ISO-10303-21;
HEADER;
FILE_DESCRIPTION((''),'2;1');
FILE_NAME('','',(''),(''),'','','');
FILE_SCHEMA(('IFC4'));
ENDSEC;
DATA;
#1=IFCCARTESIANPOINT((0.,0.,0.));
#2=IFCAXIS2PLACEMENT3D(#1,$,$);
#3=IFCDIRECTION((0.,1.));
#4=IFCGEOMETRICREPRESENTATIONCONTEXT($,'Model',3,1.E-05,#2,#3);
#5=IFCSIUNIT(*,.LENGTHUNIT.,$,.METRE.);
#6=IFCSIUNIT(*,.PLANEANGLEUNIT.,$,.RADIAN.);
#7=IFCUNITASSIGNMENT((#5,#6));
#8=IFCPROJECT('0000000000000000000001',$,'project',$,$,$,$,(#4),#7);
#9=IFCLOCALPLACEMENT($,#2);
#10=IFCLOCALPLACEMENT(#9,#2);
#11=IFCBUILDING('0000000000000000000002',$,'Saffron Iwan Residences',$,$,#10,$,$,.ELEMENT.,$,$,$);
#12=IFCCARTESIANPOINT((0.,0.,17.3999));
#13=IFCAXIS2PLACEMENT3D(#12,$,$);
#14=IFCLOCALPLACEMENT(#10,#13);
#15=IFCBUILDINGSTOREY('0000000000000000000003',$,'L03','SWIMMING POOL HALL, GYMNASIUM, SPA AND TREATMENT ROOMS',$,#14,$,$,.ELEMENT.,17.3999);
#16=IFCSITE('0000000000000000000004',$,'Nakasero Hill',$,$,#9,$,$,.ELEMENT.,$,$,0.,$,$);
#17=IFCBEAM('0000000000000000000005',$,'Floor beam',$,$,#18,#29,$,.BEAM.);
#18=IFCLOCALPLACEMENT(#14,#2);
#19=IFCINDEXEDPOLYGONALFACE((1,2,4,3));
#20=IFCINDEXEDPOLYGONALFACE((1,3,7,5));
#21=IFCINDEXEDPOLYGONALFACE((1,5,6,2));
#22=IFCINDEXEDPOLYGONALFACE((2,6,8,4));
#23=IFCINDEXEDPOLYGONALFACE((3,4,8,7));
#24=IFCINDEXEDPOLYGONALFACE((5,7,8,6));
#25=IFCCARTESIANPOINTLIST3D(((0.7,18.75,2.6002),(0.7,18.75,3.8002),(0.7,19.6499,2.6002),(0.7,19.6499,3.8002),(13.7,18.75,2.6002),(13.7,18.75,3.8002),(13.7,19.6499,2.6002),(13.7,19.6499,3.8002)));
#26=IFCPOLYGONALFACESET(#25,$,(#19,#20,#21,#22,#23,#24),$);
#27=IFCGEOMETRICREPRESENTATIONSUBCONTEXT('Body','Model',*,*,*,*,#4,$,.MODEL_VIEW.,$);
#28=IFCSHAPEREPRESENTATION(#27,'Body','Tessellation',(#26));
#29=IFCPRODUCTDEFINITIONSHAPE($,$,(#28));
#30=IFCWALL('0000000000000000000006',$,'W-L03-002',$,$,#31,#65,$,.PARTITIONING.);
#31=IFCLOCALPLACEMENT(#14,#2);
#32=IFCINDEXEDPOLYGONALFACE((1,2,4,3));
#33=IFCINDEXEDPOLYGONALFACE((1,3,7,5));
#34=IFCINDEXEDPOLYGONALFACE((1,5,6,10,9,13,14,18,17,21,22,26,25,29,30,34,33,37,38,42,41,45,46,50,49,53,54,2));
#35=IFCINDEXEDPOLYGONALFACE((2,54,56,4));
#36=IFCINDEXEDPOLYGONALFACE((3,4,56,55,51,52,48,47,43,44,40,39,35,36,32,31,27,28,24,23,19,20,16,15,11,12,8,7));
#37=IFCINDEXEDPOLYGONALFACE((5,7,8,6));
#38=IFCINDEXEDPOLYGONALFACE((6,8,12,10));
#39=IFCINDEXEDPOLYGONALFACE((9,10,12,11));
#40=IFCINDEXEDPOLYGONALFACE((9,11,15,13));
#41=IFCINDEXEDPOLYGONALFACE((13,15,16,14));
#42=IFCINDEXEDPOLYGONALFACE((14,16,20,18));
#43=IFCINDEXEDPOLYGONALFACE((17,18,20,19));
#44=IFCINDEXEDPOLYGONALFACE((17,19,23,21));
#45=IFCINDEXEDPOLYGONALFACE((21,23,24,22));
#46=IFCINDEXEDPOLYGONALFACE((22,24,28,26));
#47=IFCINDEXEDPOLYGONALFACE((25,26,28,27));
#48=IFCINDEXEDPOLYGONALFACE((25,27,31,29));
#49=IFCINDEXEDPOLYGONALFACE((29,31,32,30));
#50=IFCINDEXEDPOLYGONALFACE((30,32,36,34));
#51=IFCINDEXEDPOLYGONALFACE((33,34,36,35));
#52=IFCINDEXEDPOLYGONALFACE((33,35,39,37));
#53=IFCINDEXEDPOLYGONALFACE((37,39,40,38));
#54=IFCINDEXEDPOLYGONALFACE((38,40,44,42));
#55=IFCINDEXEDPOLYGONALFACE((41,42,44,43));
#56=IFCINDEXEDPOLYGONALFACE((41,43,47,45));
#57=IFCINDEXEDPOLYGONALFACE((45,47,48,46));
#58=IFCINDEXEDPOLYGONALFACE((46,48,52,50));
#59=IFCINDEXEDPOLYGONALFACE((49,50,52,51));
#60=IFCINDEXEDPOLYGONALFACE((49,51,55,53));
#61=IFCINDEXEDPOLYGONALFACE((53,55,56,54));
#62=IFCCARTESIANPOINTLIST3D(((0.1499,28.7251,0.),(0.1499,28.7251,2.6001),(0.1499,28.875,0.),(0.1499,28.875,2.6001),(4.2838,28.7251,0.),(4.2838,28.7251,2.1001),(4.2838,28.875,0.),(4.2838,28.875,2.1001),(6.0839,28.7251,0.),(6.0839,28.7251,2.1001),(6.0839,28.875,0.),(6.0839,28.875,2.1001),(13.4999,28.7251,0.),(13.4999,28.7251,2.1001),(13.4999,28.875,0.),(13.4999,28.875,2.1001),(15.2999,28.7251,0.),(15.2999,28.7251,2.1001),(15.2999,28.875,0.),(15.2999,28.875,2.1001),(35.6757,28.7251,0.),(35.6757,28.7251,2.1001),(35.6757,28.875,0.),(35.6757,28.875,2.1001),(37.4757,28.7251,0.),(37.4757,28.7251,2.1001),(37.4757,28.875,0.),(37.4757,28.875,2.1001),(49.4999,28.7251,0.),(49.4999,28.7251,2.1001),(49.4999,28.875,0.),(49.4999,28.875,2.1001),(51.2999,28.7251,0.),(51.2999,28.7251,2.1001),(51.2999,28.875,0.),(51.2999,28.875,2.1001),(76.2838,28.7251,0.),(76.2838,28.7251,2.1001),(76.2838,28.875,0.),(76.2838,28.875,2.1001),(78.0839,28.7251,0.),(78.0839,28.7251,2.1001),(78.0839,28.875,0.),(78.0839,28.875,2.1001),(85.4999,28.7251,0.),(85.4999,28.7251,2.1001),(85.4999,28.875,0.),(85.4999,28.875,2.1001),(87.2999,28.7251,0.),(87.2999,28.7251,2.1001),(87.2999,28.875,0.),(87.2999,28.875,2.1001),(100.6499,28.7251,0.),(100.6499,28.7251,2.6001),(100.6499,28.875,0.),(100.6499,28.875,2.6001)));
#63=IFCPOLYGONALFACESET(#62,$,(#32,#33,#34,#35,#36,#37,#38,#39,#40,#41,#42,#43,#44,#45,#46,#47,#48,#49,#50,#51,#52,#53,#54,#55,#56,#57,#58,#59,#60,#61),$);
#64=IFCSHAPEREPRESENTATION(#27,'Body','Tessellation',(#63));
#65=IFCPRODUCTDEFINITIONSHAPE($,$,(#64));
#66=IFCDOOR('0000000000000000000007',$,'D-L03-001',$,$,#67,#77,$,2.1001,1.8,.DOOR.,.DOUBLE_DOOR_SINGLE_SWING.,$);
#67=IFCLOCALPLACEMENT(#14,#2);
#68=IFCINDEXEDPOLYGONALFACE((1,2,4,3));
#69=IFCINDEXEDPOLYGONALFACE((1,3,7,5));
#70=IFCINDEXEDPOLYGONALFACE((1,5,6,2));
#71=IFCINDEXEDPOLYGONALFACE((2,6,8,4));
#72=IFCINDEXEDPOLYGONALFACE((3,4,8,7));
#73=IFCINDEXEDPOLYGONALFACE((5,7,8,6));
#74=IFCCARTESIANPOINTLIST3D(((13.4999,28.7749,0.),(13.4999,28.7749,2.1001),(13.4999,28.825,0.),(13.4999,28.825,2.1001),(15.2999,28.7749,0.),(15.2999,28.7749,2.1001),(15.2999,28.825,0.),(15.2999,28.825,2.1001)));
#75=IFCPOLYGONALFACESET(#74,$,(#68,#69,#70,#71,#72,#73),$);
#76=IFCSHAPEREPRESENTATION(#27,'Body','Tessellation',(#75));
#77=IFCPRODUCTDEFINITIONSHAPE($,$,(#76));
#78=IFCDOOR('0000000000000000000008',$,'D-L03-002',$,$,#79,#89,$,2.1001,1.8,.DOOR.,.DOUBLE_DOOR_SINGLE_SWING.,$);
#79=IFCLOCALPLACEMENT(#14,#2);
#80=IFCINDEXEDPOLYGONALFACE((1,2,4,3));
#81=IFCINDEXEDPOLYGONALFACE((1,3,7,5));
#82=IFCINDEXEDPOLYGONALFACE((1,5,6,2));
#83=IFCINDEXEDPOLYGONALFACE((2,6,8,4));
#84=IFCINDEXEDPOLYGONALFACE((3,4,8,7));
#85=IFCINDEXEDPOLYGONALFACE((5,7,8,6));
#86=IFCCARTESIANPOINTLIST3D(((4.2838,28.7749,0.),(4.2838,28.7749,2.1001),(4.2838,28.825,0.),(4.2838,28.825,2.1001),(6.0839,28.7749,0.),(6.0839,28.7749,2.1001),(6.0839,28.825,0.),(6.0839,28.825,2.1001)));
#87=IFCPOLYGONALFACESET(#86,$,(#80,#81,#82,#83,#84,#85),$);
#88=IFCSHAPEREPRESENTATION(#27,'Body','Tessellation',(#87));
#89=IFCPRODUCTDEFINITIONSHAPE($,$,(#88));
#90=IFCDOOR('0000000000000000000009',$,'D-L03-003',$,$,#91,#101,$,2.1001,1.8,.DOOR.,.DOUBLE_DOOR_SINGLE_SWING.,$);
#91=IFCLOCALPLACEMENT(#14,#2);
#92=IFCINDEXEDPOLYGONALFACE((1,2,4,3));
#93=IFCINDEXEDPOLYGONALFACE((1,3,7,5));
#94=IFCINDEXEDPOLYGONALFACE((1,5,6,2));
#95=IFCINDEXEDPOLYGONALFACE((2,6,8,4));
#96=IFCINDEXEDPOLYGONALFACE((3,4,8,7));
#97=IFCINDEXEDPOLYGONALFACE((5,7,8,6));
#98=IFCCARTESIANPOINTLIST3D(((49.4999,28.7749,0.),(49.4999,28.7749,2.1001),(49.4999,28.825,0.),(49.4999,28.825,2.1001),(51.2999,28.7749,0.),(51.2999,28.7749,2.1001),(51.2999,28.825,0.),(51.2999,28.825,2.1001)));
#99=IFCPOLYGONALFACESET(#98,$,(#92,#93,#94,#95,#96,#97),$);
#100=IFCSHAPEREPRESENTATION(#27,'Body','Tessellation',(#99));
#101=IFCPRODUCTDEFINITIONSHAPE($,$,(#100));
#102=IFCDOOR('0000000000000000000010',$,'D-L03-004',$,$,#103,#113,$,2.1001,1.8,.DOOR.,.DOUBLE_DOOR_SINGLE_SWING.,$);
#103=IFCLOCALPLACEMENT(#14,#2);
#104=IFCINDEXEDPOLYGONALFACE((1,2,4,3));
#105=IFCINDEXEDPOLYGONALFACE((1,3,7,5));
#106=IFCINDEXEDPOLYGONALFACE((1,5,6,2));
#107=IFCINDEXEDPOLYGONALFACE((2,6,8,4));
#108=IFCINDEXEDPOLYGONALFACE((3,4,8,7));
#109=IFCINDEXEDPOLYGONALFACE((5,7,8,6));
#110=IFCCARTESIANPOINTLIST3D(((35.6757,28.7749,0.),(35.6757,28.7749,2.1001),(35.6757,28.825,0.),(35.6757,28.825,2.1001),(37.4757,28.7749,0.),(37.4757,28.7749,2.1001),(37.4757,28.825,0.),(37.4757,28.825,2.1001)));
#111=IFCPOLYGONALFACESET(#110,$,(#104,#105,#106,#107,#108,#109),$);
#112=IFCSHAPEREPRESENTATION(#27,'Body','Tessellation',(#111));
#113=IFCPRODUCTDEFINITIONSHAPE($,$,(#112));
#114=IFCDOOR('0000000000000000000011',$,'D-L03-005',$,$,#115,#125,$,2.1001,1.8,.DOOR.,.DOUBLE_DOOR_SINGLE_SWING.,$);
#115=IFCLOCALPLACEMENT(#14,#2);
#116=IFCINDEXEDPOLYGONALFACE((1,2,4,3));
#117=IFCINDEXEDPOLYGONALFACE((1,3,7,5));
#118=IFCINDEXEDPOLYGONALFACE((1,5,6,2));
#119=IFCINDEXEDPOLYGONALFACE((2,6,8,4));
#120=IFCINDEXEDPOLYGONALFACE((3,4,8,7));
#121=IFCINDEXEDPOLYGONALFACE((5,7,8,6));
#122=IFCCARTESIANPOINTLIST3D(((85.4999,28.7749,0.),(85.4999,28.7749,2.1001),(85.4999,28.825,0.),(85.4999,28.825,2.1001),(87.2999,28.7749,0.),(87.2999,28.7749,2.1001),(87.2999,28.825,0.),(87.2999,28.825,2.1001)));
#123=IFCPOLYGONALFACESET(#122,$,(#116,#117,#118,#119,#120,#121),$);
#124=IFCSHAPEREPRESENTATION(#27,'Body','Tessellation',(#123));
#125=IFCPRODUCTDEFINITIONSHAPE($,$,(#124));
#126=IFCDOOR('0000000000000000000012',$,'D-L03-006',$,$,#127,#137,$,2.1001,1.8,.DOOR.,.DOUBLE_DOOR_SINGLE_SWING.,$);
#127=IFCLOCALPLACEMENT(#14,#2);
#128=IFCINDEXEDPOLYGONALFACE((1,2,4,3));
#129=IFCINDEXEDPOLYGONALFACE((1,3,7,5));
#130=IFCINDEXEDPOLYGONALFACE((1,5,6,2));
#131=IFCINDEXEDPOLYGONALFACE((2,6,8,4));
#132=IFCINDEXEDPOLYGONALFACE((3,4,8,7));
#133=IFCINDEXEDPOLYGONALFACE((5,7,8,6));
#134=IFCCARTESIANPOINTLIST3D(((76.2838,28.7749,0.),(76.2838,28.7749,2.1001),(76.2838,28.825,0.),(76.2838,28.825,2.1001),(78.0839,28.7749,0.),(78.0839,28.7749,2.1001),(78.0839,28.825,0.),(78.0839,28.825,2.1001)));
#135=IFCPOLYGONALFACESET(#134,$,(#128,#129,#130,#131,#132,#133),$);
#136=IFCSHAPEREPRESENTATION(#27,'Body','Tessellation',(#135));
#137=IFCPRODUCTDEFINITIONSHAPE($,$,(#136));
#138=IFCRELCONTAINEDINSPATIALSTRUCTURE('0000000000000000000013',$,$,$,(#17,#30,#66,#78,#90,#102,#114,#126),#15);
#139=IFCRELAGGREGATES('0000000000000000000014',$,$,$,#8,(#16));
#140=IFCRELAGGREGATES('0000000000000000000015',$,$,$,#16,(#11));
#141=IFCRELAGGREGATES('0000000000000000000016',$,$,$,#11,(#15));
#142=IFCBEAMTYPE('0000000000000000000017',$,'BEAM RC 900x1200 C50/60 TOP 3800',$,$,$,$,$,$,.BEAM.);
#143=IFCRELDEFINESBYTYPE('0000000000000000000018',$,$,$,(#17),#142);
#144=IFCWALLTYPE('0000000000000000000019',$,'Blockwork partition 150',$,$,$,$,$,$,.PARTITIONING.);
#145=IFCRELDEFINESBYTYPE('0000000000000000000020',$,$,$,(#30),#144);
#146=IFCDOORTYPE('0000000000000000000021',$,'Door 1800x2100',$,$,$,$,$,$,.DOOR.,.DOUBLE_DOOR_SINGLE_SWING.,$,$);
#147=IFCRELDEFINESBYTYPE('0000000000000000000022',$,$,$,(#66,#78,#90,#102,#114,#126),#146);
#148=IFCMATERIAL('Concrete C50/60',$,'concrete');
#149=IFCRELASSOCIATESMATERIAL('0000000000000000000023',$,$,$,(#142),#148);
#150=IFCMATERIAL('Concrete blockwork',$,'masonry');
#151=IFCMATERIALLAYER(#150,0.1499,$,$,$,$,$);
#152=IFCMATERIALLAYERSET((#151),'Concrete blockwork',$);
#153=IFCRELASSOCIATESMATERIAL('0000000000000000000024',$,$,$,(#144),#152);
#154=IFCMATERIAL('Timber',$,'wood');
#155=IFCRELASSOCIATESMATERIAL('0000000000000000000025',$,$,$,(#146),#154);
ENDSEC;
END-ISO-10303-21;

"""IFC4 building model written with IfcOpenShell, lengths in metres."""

from ifc_helpers import new_model, si_unit, direction, frame, frame_2d, origin, origin_2d, place, context, subcontext, project, spatial, rectangle, extrude, source, transform, mapped, material, layer, layer_set, material_profile, profile_set, type_object, element, fill, save


model = new_model("IFC4")

# Units and contexts
model_context = context("Model", 3, precision=1e-05, world=origin(), true_north=direction((0.0, 1.0)))
body_context = subcontext(model_context, "Body", "Model", "MODEL_VIEW")
ifc_project = project(units=[si_unit("LENGTHUNIT", "METRE"), si_unit("PLANEANGLEUNIT", "RADIAN")], contexts=[model_context])

# Site, building, storey
site_placement = place(None, origin())
site = spatial("IfcSite", under=ifc_project, at=site_placement, Name="Nakasero Hill", CompositionType="ELEMENT", RefElevation=0.0)
building_placement = place(site_placement, origin())
building = spatial("IfcBuilding", under=site, at=building_placement, Name="Saffron Iwan Residences", CompositionType="ELEMENT")
storey_placement = place(building_placement, frame((0.0, 0.0, 17.3999)))
storey = spatial("IfcBuildingStorey", under=building, at=storey_placement, Name="L03", Description="SWIMMING POOL HALL, GYMNASIUM, SPA AND TREATMENT ROOMS", CompositionType="ELEMENT", Elevation=17.3999)

# Shared definitions
ifc_material_1 = material(Name="Concrete C50/60", Category="concrete")

# Beam
ifc_material_profile_1 = material_profile(ifc_material_1, rectangle(XDim=0.8999, YDim=1.2, at=origin_2d()), Name="RC 900x1200")
ifc_profile_set_1 = profile_set([ifc_material_profile_1], Name="Concrete C50/60")
beam_type_1 = type_object("IfcBeamType", Name="BEAM RC 900x1200 C50/60 TOP 3800", PredefinedType="BEAM", material=ifc_profile_set_1)
shared_shape_1 = source(origin(), body_context, "Body", "SweptSolid", [
    extrude(rectangle(XDim=0.8999, YDim=1.2, at=origin_2d()), origin(), (0.0, 0.0, 1.0), 13.0),
])
beam_1_placement = place(storey_placement, frame((0.7, 19.2, 3.2002), z_axis=(1.0, 0.0, 0.0), x_axis=(0.0, 1.0, 0.0)))
element("IfcBeam", 1, at=beam_1_placement, inside=storey, type_object=beam_type_1, Name="Floor beam", PredefinedType="BEAM", context=body_context, shape_type="MappedRepresentation", body=[
    mapped(shared_shape_1, transform((0.0, 0.0, 0.0))),
])

# Wall, openings, doors
ifc_material_2 = material(Name="Concrete blockwork", Category="masonry")
ifc_layer_1 = layer(ifc_material_2, 0.1499)
ifc_layer_set_1 = layer_set([ifc_layer_1], Name="Concrete blockwork")
wall_type_1 = type_object("IfcWallType", Name="Blockwork partition 150", PredefinedType="PARTITIONING", material=ifc_layer_set_1)
wall_1_placement = place(storey_placement, frame((0.1499, 28.8, 0.0), z_axis=(0.0, 0.0, 1.0), x_axis=(1.0, 0.0, 0.0)))
wall_1 = element("IfcWall", 2, at=wall_1_placement, inside=storey, type_object=wall_type_1, Name="W-L03-002", PredefinedType="PARTITIONING", context=body_context, shape_type="SweptSolid", body=[
    extrude(rectangle(XDim=100.5, YDim=0.1499, at=frame_2d((50.25, 0.0))), origin(), (0.0, 0.0, 1.0), 2.6001),
])
opening_1_placement = place(wall_1_placement, frame((13.3501, 0.0, 0.0)))
opening_1 = element("IfcOpeningElement", 3, at=opening_1_placement, cuts=wall_1, PredefinedType="OPENING", context=body_context, shape_type="SweptSolid", body=[
    extrude(rectangle(XDim=1.8, YDim=2.1001, at=frame_2d((0.8999, 1.05))), frame((0.0, 0.085, 0.0), z_axis=(0.0, -1.0, 0.0), x_axis=(1.0, 0.0, 0.0)), (0.0, 0.0, 1.0), 0.1699),
])
opening_2_placement = place(wall_1_placement, frame((4.134, 0.0, 0.0)))
opening_2 = element("IfcOpeningElement", 4, at=opening_2_placement, cuts=wall_1, PredefinedType="OPENING", context=body_context, shape_type="SweptSolid", body=[
    extrude(rectangle(XDim=1.8, YDim=2.1001, at=frame_2d((0.8999, 1.05))), frame((0.0, 0.085, 0.0), z_axis=(0.0, -1.0, 0.0), x_axis=(1.0, 0.0, 0.0)), (0.0, 0.0, 1.0), 0.1699),
])
opening_3_placement = place(wall_1_placement, frame((49.3501, 0.0, 0.0)))
opening_3 = element("IfcOpeningElement", 5, at=opening_3_placement, cuts=wall_1, PredefinedType="OPENING", context=body_context, shape_type="SweptSolid", body=[
    extrude(rectangle(XDim=1.8, YDim=2.1001, at=frame_2d((0.8999, 1.05))), frame((0.0, 0.085, 0.0), z_axis=(0.0, -1.0, 0.0), x_axis=(1.0, 0.0, 0.0)), (0.0, 0.0, 1.0), 0.1699),
])
opening_4_placement = place(wall_1_placement, frame((35.5259, 0.0, 0.0)))
opening_4 = element("IfcOpeningElement", 6, at=opening_4_placement, cuts=wall_1, PredefinedType="OPENING", context=body_context, shape_type="SweptSolid", body=[
    extrude(rectangle(XDim=1.8, YDim=2.1001, at=frame_2d((0.8999, 1.05))), frame((0.0, 0.085, 0.0), z_axis=(0.0, -1.0, 0.0), x_axis=(1.0, 0.0, 0.0)), (0.0, 0.0, 1.0), 0.1699),
])
opening_5_placement = place(wall_1_placement, frame((85.3501, 0.0, 0.0)))
opening_5 = element("IfcOpeningElement", 7, at=opening_5_placement, cuts=wall_1, PredefinedType="OPENING", context=body_context, shape_type="SweptSolid", body=[
    extrude(rectangle(XDim=1.8, YDim=2.1001, at=frame_2d((0.8999, 1.05))), frame((0.0, 0.085, 0.0), z_axis=(0.0, -1.0, 0.0), x_axis=(1.0, 0.0, 0.0)), (0.0, 0.0, 1.0), 0.1699),
])
opening_6_placement = place(wall_1_placement, frame((76.134, 0.0, 0.0)))
opening_6 = element("IfcOpeningElement", 8, at=opening_6_placement, cuts=wall_1, PredefinedType="OPENING", context=body_context, shape_type="SweptSolid", body=[
    extrude(rectangle(XDim=1.8, YDim=2.1001, at=frame_2d((0.8999, 1.05))), frame((0.0, 0.085, 0.0), z_axis=(0.0, -1.0, 0.0), x_axis=(1.0, 0.0, 0.0)), (0.0, 0.0, 1.0), 0.1699),
])
ifc_material_3 = material(Name="Timber", Category="wood")
door_type = type_object("IfcDoorType", Name="Door 1800x2100", OperationType="DOUBLE_DOOR_SINGLE_SWING", PredefinedType="DOOR", material=ifc_material_3)
door_1_placement = place(opening_1_placement, origin())
door_1 = element("IfcDoor", 9, at=door_1_placement, inside=storey, type_object=door_type, Name="D-L03-001", OperationType="DOUBLE_DOOR_SINGLE_SWING", OverallHeight=2.1001, OverallWidth=1.8, PredefinedType="DOOR", context=body_context, shape_type="SweptSolid", body=[
    extrude(rectangle(XDim=1.8, YDim=2.1001, at=frame_2d((0.8999, 1.05))), frame((0.0, 0.0249, 0.0), z_axis=(0.0, -1.0, 0.0), x_axis=(1.0, 0.0, 0.0)), (0.0, 0.0, 1.0), 0.05),
])
fill(opening_1, door_1)
door_2_placement = place(opening_2_placement, origin())
door_2 = element("IfcDoor", 10, at=door_2_placement, inside=storey, type_object=door_type, Name="D-L03-002", OperationType="DOUBLE_DOOR_SINGLE_SWING", OverallHeight=2.1001, OverallWidth=1.8, PredefinedType="DOOR", context=body_context, shape_type="SweptSolid", body=[
    extrude(rectangle(XDim=1.8, YDim=2.1001, at=frame_2d((0.8999, 1.05))), frame((0.0, 0.0249, 0.0), z_axis=(0.0, -1.0, 0.0), x_axis=(1.0, 0.0, 0.0)), (0.0, 0.0, 1.0), 0.05),
])
fill(opening_2, door_2)
door_3_placement = place(opening_3_placement, origin())
door_3 = element("IfcDoor", 11, at=door_3_placement, inside=storey, type_object=door_type, Name="D-L03-003", OperationType="DOUBLE_DOOR_SINGLE_SWING", OverallHeight=2.1001, OverallWidth=1.8, PredefinedType="DOOR", context=body_context, shape_type="SweptSolid", body=[
    extrude(rectangle(XDim=1.8, YDim=2.1001, at=frame_2d((0.8999, 1.05))), frame((0.0, 0.0249, 0.0), z_axis=(0.0, -1.0, 0.0), x_axis=(1.0, 0.0, 0.0)), (0.0, 0.0, 1.0), 0.05),
])
fill(opening_3, door_3)
door_4_placement = place(opening_4_placement, origin())
door_4 = element("IfcDoor", 12, at=door_4_placement, inside=storey, type_object=door_type, Name="D-L03-004", OperationType="DOUBLE_DOOR_SINGLE_SWING", OverallHeight=2.1001, OverallWidth=1.8, PredefinedType="DOOR", context=body_context, shape_type="SweptSolid", body=[
    extrude(rectangle(XDim=1.8, YDim=2.1001, at=frame_2d((0.8999, 1.05))), frame((0.0, 0.0249, 0.0), z_axis=(0.0, -1.0, 0.0), x_axis=(1.0, 0.0, 0.0)), (0.0, 0.0, 1.0), 0.05),
])
fill(opening_4, door_4)
door_5_placement = place(opening_5_placement, origin())
door_5 = element("IfcDoor", 13, at=door_5_placement, inside=storey, type_object=door_type, Name="D-L03-005", OperationType="DOUBLE_DOOR_SINGLE_SWING", OverallHeight=2.1001, OverallWidth=1.8, PredefinedType="DOOR", context=body_context, shape_type="SweptSolid", body=[
    extrude(rectangle(XDim=1.8, YDim=2.1001, at=frame_2d((0.8999, 1.05))), frame((0.0, 0.0249, 0.0), z_axis=(0.0, -1.0, 0.0), x_axis=(1.0, 0.0, 0.0)), (0.0, 0.0, 1.0), 0.05),
])
fill(opening_5, door_5)
door_6_placement = place(opening_6_placement, origin())
door_6 = element("IfcDoor", 14, at=door_6_placement, inside=storey, type_object=door_type, Name="D-L03-006", OperationType="DOUBLE_DOOR_SINGLE_SWING", OverallHeight=2.1001, OverallWidth=1.8, PredefinedType="DOOR", context=body_context, shape_type="SweptSolid", body=[
    extrude(rectangle(XDim=1.8, YDim=2.1001, at=frame_2d((0.8999, 1.05))), frame((0.0, 0.0249, 0.0), z_axis=(0.0, -1.0, 0.0), x_axis=(1.0, 0.0, 0.0)), (0.0, 0.0, 1.0), 0.05),
])
fill(opening_6, door_6)

save(model, "model.ifc")
